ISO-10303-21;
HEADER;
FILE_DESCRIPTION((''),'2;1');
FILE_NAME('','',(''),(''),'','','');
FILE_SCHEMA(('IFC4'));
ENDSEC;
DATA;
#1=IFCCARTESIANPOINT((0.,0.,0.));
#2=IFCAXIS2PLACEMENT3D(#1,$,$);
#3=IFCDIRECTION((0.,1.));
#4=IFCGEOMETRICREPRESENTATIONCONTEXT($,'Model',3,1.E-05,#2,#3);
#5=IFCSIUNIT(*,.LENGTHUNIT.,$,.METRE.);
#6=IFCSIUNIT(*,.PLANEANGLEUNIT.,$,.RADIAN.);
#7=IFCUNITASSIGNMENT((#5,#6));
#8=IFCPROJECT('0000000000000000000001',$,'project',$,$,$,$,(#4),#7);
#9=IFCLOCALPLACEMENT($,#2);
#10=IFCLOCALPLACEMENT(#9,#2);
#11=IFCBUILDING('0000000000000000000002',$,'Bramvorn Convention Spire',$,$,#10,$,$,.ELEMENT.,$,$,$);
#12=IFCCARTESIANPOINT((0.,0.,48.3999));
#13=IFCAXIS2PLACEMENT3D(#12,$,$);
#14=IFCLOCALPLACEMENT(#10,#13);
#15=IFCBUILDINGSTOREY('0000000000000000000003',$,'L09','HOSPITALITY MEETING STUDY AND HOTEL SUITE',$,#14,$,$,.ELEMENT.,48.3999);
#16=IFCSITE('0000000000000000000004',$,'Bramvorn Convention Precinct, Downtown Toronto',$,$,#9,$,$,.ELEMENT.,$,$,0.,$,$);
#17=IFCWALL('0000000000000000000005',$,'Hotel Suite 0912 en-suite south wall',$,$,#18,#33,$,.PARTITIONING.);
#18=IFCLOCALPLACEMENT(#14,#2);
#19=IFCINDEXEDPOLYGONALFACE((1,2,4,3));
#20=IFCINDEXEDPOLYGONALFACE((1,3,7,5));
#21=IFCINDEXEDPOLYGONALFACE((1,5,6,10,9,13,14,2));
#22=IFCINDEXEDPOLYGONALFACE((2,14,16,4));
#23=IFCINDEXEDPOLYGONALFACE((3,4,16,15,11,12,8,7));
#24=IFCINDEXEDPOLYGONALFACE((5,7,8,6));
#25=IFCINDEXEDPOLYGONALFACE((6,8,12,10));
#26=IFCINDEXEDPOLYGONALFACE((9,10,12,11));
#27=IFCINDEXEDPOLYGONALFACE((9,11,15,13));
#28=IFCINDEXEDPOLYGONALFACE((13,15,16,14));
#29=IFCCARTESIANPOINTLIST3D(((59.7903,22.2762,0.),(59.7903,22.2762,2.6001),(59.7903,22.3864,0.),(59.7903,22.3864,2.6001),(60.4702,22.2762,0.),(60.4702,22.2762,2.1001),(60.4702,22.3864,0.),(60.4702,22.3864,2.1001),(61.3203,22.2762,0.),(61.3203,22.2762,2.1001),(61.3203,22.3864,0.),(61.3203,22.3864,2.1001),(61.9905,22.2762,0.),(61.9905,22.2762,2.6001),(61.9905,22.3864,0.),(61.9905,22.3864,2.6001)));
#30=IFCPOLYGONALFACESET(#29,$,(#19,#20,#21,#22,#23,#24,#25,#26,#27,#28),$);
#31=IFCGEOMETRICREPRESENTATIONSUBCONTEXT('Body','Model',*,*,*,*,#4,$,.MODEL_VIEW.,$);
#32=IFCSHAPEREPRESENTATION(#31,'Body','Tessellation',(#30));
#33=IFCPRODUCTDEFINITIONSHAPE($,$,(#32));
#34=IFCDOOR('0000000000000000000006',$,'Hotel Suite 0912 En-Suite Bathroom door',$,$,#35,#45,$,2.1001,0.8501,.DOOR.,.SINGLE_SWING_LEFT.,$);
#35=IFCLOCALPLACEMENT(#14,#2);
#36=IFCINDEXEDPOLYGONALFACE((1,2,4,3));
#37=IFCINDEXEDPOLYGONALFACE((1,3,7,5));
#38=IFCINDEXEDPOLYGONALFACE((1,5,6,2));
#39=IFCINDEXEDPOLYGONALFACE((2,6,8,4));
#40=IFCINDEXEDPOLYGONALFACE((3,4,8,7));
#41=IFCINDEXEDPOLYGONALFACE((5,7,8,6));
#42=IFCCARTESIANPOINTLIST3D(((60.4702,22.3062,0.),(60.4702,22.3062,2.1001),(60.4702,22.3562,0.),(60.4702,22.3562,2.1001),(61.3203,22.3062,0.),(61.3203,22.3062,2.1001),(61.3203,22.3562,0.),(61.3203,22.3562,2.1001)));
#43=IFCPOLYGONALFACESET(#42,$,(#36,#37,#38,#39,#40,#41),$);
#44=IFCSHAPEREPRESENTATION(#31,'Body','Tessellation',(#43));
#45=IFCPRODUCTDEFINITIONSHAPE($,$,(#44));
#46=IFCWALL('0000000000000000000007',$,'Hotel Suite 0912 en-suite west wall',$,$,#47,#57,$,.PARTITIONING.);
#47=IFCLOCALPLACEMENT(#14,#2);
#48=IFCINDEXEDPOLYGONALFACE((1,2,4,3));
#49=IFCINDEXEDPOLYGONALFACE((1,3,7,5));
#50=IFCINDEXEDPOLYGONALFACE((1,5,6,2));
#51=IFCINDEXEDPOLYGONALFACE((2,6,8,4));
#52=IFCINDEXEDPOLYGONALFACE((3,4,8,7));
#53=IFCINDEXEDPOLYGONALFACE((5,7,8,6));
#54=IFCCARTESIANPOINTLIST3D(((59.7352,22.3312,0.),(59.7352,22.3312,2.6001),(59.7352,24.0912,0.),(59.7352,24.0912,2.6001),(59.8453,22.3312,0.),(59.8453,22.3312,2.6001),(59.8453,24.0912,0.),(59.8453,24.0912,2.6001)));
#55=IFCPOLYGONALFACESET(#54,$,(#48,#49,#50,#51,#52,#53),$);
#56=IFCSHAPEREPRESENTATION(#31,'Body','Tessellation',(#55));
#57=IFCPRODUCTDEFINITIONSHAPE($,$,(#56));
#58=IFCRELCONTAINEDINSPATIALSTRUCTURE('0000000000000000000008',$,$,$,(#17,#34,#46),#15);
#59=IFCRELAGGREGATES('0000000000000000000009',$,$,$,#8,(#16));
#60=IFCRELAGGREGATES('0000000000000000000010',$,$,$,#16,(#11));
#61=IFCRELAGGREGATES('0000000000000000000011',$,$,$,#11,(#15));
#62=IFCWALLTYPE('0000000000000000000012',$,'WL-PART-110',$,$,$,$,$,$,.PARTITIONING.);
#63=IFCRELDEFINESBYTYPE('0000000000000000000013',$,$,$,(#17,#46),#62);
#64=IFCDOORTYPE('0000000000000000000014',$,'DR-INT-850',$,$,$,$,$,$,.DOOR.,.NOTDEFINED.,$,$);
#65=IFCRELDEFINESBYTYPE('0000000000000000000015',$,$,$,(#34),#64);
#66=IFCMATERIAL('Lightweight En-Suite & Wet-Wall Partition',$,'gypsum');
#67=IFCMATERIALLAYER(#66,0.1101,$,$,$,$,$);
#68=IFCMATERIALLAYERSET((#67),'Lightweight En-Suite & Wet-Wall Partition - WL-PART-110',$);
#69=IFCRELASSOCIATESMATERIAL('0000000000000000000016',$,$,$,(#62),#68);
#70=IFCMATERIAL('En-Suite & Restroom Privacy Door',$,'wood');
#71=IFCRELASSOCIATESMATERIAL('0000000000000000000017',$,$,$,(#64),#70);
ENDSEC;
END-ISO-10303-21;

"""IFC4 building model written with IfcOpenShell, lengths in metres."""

from ifc_helpers import new_model, si_unit, direction, frame, frame_2d, origin, place, context, subcontext, project, spatial, rectangle, extrude, material, layer, layer_set, type_object, element, fill, save


model = new_model("IFC4")

# Units and contexts
model_context = context("Model", 3, precision=1e-05, world=origin(), true_north=direction((0.0, 1.0)))
body_context = subcontext(model_context, "Body", "Model", "MODEL_VIEW")
ifc_project = project(units=[si_unit("LENGTHUNIT", "METRE"), si_unit("PLANEANGLEUNIT", "RADIAN")], contexts=[model_context])

# Site, building, storey
site_placement = place(None, origin())
site = spatial("IfcSite", under=ifc_project, at=site_placement, Name="Bramvorn Convention Precinct, Downtown Toronto", CompositionType="ELEMENT", RefElevation=0.0)
building_placement = place(site_placement, origin())
building = spatial("IfcBuilding", under=site, at=building_placement, Name="Bramvorn Convention Spire", CompositionType="ELEMENT")
storey_placement = place(building_placement, frame((0.0, 0.0, 48.3999)))
storey = spatial("IfcBuildingStorey", under=building, at=storey_placement, Name="L09", Description="HOSPITALITY MEETING STUDY AND HOTEL SUITE", CompositionType="ELEMENT", Elevation=48.3999)

# Shared definitions
ifc_material_1 = material(Name="Lightweight En-Suite & Wet-Wall Partition", Category="gypsum")
ifc_layer_1 = layer(ifc_material_1, 0.1101)
ifc_layer_set_1 = layer_set([ifc_layer_1], Name="Lightweight En-Suite & Wet-Wall Partition - WL-PART-110")
wall_type_1 = type_object("IfcWallType", Name="WL-PART-110", PredefinedType="PARTITIONING", material=ifc_layer_set_1)

# Wall, opening, door
wall_1_placement = place(storey_placement, frame((59.7903, 22.3313, 0.0), z_axis=(0.0, 0.0, 1.0), x_axis=(1.0, 0.0, 0.0)))
wall_1 = element("IfcWall", 1, at=wall_1_placement, inside=storey, type_object=wall_type_1, Name="Hotel Suite 0912 en-suite south wall", PredefinedType="PARTITIONING", context=body_context, shape_type="SweptSolid", body=[
    extrude(rectangle(XDim=2.2002, YDim=0.1101, at=frame_2d((1.1001, 0.0))), origin(), (0.0, 0.0, 1.0), 2.6001),
])
opening_placement = place(wall_1_placement, frame((0.6799, 0.0, 0.0)))
opening = element("IfcOpeningElement", 2, at=opening_placement, cuts=wall_1, PredefinedType="OPENING", context=body_context, shape_type="SweptSolid", body=[
    extrude(rectangle(XDim=0.8501, YDim=2.1001, at=frame_2d((0.425, 1.05))), frame((0.0, 0.0649, 0.0), z_axis=(0.0, -1.0, 0.0), x_axis=(1.0, 0.0, 0.0)), (0.0, 0.0, 1.0), 0.1301),
])
ifc_material_2 = material(Name="En-Suite & Restroom Privacy Door", Category="wood")
door_type = type_object("IfcDoorType", Name="DR-INT-850", OperationType="NOTDEFINED", PredefinedType="DOOR", material=ifc_material_2)
door_placement = place(opening_placement, origin())
door = element("IfcDoor", 3, at=door_placement, inside=storey, type_object=door_type, Name="Hotel Suite 0912 En-Suite Bathroom door", OperationType="SINGLE_SWING_LEFT", OverallHeight=2.1001, OverallWidth=0.8501, PredefinedType="DOOR", context=body_context, shape_type="SweptSolid", body=[
    extrude(rectangle(XDim=0.8501, YDim=2.1001, at=frame_2d((0.425, 1.05))), frame((0.0, 0.0249, 0.0), z_axis=(0.0, -1.0, 0.0), x_axis=(1.0, 0.0, 0.0)), (0.0, 0.0, 1.0), 0.05),
])
fill(opening, door)

# Wall
wall_2_placement = place(storey_placement, frame((59.7903, 22.3313, 0.0), z_axis=(0.0, 0.0, 1.0), x_axis=(0.0, 1.0, 0.0)))
element("IfcWall", 4, at=wall_2_placement, inside=storey, type_object=wall_type_1, Name="Hotel Suite 0912 en-suite west wall", PredefinedType="PARTITIONING", context=body_context, shape_type="SweptSolid", body=[
    extrude(rectangle(XDim=1.76, YDim=0.1101, at=frame_2d((0.8799, 0.0))), origin(), (0.0, 0.0, 1.0), 2.6001),
])

save(model, "model.ifc")
